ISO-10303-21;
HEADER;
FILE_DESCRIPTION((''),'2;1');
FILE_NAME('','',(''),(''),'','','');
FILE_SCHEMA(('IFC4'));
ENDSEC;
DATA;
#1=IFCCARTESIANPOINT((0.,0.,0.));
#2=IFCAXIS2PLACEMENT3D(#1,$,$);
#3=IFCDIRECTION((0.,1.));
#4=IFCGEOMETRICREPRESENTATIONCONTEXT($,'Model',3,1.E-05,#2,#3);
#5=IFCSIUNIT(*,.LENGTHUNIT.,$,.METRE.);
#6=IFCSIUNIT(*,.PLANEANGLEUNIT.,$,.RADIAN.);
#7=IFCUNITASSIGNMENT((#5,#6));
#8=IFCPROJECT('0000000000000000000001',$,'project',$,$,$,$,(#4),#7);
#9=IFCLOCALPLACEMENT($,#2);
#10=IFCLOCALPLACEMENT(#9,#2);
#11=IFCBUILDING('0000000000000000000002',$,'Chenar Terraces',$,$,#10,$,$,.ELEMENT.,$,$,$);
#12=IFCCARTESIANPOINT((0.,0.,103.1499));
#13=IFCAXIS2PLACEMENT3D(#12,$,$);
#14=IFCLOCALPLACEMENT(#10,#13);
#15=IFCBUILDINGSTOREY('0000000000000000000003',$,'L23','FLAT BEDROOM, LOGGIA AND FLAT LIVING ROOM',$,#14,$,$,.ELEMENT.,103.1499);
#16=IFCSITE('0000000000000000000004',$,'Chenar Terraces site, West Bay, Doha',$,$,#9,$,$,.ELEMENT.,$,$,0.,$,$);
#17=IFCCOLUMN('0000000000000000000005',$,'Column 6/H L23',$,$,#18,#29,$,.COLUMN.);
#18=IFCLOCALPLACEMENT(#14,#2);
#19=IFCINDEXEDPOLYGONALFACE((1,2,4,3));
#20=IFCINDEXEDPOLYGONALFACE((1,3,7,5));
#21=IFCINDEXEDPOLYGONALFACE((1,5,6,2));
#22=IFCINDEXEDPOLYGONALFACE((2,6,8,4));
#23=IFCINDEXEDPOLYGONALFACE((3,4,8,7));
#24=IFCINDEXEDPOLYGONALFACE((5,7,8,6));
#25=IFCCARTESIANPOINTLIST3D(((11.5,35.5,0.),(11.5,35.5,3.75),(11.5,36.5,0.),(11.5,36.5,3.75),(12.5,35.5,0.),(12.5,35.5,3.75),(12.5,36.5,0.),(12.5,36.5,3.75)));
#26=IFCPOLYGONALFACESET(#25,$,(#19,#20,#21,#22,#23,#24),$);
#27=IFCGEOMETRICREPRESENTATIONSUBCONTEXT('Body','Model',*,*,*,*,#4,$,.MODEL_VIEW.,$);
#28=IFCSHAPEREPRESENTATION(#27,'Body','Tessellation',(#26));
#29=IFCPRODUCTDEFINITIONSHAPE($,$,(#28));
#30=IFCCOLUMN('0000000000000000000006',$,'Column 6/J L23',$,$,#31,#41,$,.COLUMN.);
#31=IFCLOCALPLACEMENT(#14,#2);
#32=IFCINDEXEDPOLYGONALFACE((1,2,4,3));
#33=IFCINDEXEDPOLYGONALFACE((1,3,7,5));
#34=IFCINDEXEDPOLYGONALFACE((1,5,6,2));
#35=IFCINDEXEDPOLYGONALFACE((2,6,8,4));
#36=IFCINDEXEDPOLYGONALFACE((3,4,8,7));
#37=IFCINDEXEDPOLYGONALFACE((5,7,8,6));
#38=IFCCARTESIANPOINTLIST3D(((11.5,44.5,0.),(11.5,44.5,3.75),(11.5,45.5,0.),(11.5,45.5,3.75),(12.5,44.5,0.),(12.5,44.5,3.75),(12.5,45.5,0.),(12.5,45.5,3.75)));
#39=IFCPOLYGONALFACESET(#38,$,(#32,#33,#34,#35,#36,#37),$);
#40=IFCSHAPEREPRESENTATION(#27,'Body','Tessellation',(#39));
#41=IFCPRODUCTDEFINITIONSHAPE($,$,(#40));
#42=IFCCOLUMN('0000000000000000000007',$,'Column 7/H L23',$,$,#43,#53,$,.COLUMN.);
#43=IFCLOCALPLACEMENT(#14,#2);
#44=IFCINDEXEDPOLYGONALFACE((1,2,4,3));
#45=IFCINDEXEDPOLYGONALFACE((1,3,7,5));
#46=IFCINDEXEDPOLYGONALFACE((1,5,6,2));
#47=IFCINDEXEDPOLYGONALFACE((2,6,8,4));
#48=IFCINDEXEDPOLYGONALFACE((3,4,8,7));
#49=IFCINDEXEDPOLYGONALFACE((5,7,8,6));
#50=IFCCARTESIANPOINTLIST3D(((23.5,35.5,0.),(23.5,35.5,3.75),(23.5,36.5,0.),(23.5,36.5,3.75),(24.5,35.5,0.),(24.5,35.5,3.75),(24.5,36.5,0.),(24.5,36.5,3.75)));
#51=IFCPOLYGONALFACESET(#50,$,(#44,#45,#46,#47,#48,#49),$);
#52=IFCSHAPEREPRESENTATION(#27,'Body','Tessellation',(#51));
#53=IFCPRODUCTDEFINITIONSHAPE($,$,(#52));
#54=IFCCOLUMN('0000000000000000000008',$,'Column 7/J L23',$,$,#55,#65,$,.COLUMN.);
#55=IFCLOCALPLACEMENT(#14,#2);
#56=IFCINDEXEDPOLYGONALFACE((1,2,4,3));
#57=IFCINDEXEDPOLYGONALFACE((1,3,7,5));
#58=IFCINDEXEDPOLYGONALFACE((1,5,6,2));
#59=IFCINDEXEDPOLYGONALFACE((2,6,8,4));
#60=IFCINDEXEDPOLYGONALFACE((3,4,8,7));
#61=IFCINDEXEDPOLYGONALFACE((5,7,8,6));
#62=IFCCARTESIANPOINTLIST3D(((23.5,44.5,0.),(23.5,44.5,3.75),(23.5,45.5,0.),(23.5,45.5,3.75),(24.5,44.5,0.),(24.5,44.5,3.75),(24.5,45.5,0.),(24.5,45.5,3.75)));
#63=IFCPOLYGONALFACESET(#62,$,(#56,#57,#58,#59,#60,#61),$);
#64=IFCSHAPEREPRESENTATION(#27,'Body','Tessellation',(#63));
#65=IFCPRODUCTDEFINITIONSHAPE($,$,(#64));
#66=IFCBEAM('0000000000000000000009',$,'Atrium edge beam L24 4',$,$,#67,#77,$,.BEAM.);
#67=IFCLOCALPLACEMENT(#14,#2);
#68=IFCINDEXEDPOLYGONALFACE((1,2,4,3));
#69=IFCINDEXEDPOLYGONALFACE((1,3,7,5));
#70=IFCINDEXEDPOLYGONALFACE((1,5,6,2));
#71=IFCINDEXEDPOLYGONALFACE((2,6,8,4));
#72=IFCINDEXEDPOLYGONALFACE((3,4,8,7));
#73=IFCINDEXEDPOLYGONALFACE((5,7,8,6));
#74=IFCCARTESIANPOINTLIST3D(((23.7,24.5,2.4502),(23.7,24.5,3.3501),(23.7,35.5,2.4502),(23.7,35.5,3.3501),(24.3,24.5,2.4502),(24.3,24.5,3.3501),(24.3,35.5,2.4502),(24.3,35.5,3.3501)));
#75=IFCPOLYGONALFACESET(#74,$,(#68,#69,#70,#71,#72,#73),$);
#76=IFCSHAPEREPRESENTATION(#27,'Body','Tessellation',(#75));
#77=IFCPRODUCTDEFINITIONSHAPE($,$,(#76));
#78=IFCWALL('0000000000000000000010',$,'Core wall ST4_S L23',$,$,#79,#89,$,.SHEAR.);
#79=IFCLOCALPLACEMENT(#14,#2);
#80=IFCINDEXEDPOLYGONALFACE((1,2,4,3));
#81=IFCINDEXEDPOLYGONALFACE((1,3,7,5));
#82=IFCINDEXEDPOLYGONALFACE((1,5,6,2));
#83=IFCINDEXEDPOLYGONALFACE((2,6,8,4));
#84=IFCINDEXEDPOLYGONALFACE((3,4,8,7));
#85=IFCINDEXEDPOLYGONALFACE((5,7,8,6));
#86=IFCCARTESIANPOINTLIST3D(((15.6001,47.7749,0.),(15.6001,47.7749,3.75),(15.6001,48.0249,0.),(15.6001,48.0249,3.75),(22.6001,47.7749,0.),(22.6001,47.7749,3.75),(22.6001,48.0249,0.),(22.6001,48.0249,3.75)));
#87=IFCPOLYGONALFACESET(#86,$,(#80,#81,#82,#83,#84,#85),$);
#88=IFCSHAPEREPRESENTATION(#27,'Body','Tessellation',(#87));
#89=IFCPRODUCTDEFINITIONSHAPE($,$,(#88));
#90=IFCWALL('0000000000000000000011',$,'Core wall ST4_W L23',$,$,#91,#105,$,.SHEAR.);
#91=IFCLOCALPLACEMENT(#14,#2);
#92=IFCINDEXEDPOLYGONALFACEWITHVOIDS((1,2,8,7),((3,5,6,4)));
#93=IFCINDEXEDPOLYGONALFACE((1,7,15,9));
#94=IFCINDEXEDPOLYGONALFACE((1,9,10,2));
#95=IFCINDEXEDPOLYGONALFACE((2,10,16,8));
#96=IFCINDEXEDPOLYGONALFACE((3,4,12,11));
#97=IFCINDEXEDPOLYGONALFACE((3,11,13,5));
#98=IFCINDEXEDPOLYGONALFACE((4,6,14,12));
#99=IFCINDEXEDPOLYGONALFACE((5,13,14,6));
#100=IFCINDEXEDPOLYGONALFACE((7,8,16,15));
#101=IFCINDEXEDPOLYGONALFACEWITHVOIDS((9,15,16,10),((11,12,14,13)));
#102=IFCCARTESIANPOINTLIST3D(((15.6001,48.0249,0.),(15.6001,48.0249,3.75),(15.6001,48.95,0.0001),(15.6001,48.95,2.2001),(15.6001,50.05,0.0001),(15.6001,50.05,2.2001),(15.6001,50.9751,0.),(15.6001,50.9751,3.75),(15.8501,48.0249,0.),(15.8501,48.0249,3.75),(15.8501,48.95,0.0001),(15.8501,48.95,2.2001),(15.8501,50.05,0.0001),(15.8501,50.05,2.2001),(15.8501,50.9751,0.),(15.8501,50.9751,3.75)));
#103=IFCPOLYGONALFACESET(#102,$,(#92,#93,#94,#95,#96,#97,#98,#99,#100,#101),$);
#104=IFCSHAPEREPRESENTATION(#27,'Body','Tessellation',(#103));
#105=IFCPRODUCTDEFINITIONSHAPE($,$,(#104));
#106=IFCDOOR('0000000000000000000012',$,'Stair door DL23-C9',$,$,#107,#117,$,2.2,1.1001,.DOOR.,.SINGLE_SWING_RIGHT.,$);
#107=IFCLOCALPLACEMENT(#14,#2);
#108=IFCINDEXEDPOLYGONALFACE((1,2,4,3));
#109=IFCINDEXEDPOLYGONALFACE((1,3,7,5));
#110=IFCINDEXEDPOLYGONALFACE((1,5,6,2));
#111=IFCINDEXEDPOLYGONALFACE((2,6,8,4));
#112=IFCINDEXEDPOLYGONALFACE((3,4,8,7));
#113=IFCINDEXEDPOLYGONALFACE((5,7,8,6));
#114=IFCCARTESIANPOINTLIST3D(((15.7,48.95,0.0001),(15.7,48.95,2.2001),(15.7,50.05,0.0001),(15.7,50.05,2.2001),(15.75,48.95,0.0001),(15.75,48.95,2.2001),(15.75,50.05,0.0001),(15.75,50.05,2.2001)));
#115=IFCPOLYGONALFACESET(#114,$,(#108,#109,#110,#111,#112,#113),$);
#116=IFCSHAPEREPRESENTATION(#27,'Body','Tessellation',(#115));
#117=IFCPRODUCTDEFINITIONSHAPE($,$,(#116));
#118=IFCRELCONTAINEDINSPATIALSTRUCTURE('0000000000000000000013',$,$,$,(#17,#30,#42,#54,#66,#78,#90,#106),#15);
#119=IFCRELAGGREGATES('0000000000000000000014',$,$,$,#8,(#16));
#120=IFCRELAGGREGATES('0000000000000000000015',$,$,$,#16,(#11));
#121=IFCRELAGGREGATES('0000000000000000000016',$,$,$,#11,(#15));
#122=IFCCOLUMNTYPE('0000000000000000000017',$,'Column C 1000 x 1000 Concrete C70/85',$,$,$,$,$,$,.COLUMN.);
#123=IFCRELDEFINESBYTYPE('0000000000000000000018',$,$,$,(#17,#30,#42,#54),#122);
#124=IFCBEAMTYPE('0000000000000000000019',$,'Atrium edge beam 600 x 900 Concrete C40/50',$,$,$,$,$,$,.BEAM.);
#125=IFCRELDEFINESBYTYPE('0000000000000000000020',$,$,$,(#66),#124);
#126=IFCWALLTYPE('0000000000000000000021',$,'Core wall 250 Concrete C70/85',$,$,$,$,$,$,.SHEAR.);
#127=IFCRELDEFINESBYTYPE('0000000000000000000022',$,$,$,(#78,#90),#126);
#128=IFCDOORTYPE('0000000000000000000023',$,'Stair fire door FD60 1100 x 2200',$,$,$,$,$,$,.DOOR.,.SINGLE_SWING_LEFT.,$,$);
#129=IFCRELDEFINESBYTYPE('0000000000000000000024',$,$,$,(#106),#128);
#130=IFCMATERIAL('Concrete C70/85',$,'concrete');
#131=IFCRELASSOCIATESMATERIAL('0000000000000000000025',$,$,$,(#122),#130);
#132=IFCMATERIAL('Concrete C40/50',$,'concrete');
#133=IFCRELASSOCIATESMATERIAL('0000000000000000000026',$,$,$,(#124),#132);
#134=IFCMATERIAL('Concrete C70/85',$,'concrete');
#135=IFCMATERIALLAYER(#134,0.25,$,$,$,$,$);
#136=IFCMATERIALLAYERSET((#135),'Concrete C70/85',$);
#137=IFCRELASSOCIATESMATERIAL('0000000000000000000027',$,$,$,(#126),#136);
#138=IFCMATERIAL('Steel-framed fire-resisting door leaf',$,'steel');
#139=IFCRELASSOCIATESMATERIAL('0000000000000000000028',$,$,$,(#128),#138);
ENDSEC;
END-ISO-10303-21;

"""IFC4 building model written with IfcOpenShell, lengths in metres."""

from ifc_helpers import new_model, si_unit, direction, frame, frame_2d, origin, origin_2d, place, context, subcontext, project, spatial, rectangle, extrude, material, layer, layer_set, material_profile, profile_set, type_object, element, fill, save


model = new_model("IFC4")

# Units and contexts
model_context = context("Model", 3, precision=1e-05, world=origin(), true_north=direction((0.0, 1.0)))
body_context = subcontext(model_context, "Body", "Model", "MODEL_VIEW")
ifc_project = project(units=[si_unit("LENGTHUNIT", "METRE"), si_unit("PLANEANGLEUNIT", "RADIAN")], contexts=[model_context])

# Site, building, storey
site_placement = place(None, origin())
site = spatial("IfcSite", under=ifc_project, at=site_placement, Name="Chenar Terraces site, West Bay, Doha", CompositionType="ELEMENT", RefElevation=0.0)
building_placement = place(site_placement, origin())
building = spatial("IfcBuilding", under=site, at=building_placement, Name="Chenar Terraces", CompositionType="ELEMENT")
storey_placement = place(building_placement, frame((0.0, 0.0, 103.1499)))
storey = spatial("IfcBuildingStorey", under=building, at=storey_placement, Name="L23", Description="FLAT BEDROOM, LOGGIA AND FLAT LIVING ROOM", CompositionType="ELEMENT", Elevation=103.1499)

# Columns
ifc_material_1 = material(Name="Concrete C70/85", Category="concrete")
ifc_material_profile_1 = material_profile(ifc_material_1, rectangle(XDim=1.0, YDim=1.0, at=origin_2d()), Name="C 1000 x 1000")
ifc_profile_set_1 = profile_set([ifc_material_profile_1], Name="Concrete C70/85")
column_type = type_object("IfcColumnType", Name="Column C 1000 x 1000 Concrete C70/85", PredefinedType="COLUMN", material=ifc_profile_set_1)
for number, where, z_axis, x_axis, name in (
    (1, (12.0, 36.0, 0.0), (0.0, 0.0, 1.0), (1.0, 0.0, 0.0), "Column 6/H L23"),
    (2, (12.0, 45.0, 0.0), (0.0, 0.0, 1.0), (1.0, 0.0, 0.0), "Column 6/J L23"),
    (3, (24.0, 36.0, 0.0), (0.0, 0.0, 1.0), (1.0, 0.0, 0.0), "Column 7/H L23"),
    (4, (24.0, 45.0, 0.0), (0.0, 0.0, 1.0), (1.0, 0.0, 0.0), "Column 7/J L23"),
):
    element("IfcColumn", number, at=place(storey_placement, frame(where, z_axis=z_axis, x_axis=x_axis)), inside=storey, type_object=column_type, Name=name, PredefinedType="COLUMN", context=body_context, shape_type="SweptSolid", body=[
        extrude(rectangle(XDim=1.0, YDim=1.0, at=origin_2d()), origin(), (0.0, 0.0, 1.0), 3.75),
    ])

# Beam
ifc_material_2 = material(Name="Concrete C40/50", Category="concrete")
ifc_material_profile_2 = material_profile(ifc_material_2, rectangle(XDim=0.6001, YDim=0.8999, at=origin_2d()), Name="RC 600 x 900")
ifc_profile_set_2 = profile_set([ifc_material_profile_2], Name="Concrete C40/50")
beam_type = type_object("IfcBeamType", Name="Atrium edge beam 600 x 900 Concrete C40/50", PredefinedType="BEAM", material=ifc_profile_set_2)
beam_placement = place(storey_placement, frame((24.0, 35.5, 2.9001), z_axis=(0.0, -1.0, 0.0), x_axis=(1.0, 0.0, 0.0)))
element("IfcBeam", 5, at=beam_placement, inside=storey, type_object=beam_type, Name="Atrium edge beam L24 4", PredefinedType="BEAM", context=body_context, shape_type="SweptSolid", body=[
    extrude(rectangle(XDim=0.6001, YDim=0.8999, at=origin_2d()), origin(), (0.0, 0.0, 1.0), 11.0),
])

# Wall
ifc_material_3 = material(Name="Concrete C70/85", Category="concrete")
ifc_layer_1 = layer(ifc_material_3, 0.25)
ifc_layer_set_1 = layer_set([ifc_layer_1], Name="Concrete C70/85")
wall_type_1 = type_object("IfcWallType", Name="Core wall 250 Concrete C70/85", PredefinedType="SHEAR", material=ifc_layer_set_1)
wall_1_placement = place(storey_placement, frame((15.6001, 47.8999, 0.0), z_axis=(0.0, 0.0, 1.0), x_axis=(1.0, 0.0, 0.0)))
element("IfcWall", 6, at=wall_1_placement, inside=storey, type_object=wall_type_1, Name="Core wall ST4_S L23", PredefinedType="SHEAR", context=body_context, shape_type="SweptSolid", body=[
    extrude(rectangle(XDim=7.0, YDim=0.25, at=frame_2d((3.5, 0.0))), origin(), (0.0, 0.0, 1.0), 3.75),
])

# Wall, opening, door
wall_2_placement = place(storey_placement, frame((15.7251, 48.0249, 0.0), z_axis=(0.0, 0.0, 1.0), x_axis=(0.0, 1.0, 0.0)))
wall_2 = element("IfcWall", 7, at=wall_2_placement, inside=storey, type_object=wall_type_1, Name="Core wall ST4_W L23", PredefinedType="SHEAR", context=body_context, shape_type="SweptSolid", body=[
    extrude(rectangle(XDim=2.9502, YDim=0.25, at=frame_2d((1.4751, 0.0))), origin(), (0.0, 0.0, 1.0), 3.75),
])
opening_1_placement = place(wall_2_placement, frame((0.925, 0.0, 0.0)))
opening_1 = element("IfcOpeningElement", 8, at=opening_1_placement, cuts=wall_2, PredefinedType="OPENING", context=body_context, shape_type="SweptSolid", body=[
    extrude(rectangle(XDim=1.1001, YDim=2.2, at=frame_2d((0.55, 1.1001))), frame((0.0, 0.135, 0.0), z_axis=(0.0, -1.0, 0.0), x_axis=(1.0, 0.0, 0.0)), (0.0, 0.0, 1.0), 0.27),
])
ifc_material_4 = material(Name="Steel-framed fire-resisting door leaf", Category="steel")
door_type_1 = type_object("IfcDoorType", Name="Stair fire door FD60 1100 x 2200", OperationType="SINGLE_SWING_LEFT", PredefinedType="DOOR", material=ifc_material_4)
door_1_placement = place(opening_1_placement, frame((1.1001, 0.0, 0.0), z_axis=(0.0, 0.0, 1.0), x_axis=(-1.0, 0.0, 0.0)))
door_1 = element("IfcDoor", 9, at=door_1_placement, inside=storey, type_object=door_type_1, Name="Stair door DL23-C9", OperationType="SINGLE_SWING_RIGHT", OverallHeight=2.2, OverallWidth=1.1001, PredefinedType="DOOR", context=body_context, shape_type="SweptSolid", body=[
    extrude(rectangle(XDim=1.1001, YDim=2.2, at=frame_2d((0.55, 1.1001))), frame((0.0, 0.0249, 0.0), z_axis=(0.0, -1.0, 0.0), x_axis=(1.0, 0.0, 0.0)), (0.0, 0.0, 1.0), 0.05),
])
fill(opening_1, door_1)

save(model, "model.ifc")
